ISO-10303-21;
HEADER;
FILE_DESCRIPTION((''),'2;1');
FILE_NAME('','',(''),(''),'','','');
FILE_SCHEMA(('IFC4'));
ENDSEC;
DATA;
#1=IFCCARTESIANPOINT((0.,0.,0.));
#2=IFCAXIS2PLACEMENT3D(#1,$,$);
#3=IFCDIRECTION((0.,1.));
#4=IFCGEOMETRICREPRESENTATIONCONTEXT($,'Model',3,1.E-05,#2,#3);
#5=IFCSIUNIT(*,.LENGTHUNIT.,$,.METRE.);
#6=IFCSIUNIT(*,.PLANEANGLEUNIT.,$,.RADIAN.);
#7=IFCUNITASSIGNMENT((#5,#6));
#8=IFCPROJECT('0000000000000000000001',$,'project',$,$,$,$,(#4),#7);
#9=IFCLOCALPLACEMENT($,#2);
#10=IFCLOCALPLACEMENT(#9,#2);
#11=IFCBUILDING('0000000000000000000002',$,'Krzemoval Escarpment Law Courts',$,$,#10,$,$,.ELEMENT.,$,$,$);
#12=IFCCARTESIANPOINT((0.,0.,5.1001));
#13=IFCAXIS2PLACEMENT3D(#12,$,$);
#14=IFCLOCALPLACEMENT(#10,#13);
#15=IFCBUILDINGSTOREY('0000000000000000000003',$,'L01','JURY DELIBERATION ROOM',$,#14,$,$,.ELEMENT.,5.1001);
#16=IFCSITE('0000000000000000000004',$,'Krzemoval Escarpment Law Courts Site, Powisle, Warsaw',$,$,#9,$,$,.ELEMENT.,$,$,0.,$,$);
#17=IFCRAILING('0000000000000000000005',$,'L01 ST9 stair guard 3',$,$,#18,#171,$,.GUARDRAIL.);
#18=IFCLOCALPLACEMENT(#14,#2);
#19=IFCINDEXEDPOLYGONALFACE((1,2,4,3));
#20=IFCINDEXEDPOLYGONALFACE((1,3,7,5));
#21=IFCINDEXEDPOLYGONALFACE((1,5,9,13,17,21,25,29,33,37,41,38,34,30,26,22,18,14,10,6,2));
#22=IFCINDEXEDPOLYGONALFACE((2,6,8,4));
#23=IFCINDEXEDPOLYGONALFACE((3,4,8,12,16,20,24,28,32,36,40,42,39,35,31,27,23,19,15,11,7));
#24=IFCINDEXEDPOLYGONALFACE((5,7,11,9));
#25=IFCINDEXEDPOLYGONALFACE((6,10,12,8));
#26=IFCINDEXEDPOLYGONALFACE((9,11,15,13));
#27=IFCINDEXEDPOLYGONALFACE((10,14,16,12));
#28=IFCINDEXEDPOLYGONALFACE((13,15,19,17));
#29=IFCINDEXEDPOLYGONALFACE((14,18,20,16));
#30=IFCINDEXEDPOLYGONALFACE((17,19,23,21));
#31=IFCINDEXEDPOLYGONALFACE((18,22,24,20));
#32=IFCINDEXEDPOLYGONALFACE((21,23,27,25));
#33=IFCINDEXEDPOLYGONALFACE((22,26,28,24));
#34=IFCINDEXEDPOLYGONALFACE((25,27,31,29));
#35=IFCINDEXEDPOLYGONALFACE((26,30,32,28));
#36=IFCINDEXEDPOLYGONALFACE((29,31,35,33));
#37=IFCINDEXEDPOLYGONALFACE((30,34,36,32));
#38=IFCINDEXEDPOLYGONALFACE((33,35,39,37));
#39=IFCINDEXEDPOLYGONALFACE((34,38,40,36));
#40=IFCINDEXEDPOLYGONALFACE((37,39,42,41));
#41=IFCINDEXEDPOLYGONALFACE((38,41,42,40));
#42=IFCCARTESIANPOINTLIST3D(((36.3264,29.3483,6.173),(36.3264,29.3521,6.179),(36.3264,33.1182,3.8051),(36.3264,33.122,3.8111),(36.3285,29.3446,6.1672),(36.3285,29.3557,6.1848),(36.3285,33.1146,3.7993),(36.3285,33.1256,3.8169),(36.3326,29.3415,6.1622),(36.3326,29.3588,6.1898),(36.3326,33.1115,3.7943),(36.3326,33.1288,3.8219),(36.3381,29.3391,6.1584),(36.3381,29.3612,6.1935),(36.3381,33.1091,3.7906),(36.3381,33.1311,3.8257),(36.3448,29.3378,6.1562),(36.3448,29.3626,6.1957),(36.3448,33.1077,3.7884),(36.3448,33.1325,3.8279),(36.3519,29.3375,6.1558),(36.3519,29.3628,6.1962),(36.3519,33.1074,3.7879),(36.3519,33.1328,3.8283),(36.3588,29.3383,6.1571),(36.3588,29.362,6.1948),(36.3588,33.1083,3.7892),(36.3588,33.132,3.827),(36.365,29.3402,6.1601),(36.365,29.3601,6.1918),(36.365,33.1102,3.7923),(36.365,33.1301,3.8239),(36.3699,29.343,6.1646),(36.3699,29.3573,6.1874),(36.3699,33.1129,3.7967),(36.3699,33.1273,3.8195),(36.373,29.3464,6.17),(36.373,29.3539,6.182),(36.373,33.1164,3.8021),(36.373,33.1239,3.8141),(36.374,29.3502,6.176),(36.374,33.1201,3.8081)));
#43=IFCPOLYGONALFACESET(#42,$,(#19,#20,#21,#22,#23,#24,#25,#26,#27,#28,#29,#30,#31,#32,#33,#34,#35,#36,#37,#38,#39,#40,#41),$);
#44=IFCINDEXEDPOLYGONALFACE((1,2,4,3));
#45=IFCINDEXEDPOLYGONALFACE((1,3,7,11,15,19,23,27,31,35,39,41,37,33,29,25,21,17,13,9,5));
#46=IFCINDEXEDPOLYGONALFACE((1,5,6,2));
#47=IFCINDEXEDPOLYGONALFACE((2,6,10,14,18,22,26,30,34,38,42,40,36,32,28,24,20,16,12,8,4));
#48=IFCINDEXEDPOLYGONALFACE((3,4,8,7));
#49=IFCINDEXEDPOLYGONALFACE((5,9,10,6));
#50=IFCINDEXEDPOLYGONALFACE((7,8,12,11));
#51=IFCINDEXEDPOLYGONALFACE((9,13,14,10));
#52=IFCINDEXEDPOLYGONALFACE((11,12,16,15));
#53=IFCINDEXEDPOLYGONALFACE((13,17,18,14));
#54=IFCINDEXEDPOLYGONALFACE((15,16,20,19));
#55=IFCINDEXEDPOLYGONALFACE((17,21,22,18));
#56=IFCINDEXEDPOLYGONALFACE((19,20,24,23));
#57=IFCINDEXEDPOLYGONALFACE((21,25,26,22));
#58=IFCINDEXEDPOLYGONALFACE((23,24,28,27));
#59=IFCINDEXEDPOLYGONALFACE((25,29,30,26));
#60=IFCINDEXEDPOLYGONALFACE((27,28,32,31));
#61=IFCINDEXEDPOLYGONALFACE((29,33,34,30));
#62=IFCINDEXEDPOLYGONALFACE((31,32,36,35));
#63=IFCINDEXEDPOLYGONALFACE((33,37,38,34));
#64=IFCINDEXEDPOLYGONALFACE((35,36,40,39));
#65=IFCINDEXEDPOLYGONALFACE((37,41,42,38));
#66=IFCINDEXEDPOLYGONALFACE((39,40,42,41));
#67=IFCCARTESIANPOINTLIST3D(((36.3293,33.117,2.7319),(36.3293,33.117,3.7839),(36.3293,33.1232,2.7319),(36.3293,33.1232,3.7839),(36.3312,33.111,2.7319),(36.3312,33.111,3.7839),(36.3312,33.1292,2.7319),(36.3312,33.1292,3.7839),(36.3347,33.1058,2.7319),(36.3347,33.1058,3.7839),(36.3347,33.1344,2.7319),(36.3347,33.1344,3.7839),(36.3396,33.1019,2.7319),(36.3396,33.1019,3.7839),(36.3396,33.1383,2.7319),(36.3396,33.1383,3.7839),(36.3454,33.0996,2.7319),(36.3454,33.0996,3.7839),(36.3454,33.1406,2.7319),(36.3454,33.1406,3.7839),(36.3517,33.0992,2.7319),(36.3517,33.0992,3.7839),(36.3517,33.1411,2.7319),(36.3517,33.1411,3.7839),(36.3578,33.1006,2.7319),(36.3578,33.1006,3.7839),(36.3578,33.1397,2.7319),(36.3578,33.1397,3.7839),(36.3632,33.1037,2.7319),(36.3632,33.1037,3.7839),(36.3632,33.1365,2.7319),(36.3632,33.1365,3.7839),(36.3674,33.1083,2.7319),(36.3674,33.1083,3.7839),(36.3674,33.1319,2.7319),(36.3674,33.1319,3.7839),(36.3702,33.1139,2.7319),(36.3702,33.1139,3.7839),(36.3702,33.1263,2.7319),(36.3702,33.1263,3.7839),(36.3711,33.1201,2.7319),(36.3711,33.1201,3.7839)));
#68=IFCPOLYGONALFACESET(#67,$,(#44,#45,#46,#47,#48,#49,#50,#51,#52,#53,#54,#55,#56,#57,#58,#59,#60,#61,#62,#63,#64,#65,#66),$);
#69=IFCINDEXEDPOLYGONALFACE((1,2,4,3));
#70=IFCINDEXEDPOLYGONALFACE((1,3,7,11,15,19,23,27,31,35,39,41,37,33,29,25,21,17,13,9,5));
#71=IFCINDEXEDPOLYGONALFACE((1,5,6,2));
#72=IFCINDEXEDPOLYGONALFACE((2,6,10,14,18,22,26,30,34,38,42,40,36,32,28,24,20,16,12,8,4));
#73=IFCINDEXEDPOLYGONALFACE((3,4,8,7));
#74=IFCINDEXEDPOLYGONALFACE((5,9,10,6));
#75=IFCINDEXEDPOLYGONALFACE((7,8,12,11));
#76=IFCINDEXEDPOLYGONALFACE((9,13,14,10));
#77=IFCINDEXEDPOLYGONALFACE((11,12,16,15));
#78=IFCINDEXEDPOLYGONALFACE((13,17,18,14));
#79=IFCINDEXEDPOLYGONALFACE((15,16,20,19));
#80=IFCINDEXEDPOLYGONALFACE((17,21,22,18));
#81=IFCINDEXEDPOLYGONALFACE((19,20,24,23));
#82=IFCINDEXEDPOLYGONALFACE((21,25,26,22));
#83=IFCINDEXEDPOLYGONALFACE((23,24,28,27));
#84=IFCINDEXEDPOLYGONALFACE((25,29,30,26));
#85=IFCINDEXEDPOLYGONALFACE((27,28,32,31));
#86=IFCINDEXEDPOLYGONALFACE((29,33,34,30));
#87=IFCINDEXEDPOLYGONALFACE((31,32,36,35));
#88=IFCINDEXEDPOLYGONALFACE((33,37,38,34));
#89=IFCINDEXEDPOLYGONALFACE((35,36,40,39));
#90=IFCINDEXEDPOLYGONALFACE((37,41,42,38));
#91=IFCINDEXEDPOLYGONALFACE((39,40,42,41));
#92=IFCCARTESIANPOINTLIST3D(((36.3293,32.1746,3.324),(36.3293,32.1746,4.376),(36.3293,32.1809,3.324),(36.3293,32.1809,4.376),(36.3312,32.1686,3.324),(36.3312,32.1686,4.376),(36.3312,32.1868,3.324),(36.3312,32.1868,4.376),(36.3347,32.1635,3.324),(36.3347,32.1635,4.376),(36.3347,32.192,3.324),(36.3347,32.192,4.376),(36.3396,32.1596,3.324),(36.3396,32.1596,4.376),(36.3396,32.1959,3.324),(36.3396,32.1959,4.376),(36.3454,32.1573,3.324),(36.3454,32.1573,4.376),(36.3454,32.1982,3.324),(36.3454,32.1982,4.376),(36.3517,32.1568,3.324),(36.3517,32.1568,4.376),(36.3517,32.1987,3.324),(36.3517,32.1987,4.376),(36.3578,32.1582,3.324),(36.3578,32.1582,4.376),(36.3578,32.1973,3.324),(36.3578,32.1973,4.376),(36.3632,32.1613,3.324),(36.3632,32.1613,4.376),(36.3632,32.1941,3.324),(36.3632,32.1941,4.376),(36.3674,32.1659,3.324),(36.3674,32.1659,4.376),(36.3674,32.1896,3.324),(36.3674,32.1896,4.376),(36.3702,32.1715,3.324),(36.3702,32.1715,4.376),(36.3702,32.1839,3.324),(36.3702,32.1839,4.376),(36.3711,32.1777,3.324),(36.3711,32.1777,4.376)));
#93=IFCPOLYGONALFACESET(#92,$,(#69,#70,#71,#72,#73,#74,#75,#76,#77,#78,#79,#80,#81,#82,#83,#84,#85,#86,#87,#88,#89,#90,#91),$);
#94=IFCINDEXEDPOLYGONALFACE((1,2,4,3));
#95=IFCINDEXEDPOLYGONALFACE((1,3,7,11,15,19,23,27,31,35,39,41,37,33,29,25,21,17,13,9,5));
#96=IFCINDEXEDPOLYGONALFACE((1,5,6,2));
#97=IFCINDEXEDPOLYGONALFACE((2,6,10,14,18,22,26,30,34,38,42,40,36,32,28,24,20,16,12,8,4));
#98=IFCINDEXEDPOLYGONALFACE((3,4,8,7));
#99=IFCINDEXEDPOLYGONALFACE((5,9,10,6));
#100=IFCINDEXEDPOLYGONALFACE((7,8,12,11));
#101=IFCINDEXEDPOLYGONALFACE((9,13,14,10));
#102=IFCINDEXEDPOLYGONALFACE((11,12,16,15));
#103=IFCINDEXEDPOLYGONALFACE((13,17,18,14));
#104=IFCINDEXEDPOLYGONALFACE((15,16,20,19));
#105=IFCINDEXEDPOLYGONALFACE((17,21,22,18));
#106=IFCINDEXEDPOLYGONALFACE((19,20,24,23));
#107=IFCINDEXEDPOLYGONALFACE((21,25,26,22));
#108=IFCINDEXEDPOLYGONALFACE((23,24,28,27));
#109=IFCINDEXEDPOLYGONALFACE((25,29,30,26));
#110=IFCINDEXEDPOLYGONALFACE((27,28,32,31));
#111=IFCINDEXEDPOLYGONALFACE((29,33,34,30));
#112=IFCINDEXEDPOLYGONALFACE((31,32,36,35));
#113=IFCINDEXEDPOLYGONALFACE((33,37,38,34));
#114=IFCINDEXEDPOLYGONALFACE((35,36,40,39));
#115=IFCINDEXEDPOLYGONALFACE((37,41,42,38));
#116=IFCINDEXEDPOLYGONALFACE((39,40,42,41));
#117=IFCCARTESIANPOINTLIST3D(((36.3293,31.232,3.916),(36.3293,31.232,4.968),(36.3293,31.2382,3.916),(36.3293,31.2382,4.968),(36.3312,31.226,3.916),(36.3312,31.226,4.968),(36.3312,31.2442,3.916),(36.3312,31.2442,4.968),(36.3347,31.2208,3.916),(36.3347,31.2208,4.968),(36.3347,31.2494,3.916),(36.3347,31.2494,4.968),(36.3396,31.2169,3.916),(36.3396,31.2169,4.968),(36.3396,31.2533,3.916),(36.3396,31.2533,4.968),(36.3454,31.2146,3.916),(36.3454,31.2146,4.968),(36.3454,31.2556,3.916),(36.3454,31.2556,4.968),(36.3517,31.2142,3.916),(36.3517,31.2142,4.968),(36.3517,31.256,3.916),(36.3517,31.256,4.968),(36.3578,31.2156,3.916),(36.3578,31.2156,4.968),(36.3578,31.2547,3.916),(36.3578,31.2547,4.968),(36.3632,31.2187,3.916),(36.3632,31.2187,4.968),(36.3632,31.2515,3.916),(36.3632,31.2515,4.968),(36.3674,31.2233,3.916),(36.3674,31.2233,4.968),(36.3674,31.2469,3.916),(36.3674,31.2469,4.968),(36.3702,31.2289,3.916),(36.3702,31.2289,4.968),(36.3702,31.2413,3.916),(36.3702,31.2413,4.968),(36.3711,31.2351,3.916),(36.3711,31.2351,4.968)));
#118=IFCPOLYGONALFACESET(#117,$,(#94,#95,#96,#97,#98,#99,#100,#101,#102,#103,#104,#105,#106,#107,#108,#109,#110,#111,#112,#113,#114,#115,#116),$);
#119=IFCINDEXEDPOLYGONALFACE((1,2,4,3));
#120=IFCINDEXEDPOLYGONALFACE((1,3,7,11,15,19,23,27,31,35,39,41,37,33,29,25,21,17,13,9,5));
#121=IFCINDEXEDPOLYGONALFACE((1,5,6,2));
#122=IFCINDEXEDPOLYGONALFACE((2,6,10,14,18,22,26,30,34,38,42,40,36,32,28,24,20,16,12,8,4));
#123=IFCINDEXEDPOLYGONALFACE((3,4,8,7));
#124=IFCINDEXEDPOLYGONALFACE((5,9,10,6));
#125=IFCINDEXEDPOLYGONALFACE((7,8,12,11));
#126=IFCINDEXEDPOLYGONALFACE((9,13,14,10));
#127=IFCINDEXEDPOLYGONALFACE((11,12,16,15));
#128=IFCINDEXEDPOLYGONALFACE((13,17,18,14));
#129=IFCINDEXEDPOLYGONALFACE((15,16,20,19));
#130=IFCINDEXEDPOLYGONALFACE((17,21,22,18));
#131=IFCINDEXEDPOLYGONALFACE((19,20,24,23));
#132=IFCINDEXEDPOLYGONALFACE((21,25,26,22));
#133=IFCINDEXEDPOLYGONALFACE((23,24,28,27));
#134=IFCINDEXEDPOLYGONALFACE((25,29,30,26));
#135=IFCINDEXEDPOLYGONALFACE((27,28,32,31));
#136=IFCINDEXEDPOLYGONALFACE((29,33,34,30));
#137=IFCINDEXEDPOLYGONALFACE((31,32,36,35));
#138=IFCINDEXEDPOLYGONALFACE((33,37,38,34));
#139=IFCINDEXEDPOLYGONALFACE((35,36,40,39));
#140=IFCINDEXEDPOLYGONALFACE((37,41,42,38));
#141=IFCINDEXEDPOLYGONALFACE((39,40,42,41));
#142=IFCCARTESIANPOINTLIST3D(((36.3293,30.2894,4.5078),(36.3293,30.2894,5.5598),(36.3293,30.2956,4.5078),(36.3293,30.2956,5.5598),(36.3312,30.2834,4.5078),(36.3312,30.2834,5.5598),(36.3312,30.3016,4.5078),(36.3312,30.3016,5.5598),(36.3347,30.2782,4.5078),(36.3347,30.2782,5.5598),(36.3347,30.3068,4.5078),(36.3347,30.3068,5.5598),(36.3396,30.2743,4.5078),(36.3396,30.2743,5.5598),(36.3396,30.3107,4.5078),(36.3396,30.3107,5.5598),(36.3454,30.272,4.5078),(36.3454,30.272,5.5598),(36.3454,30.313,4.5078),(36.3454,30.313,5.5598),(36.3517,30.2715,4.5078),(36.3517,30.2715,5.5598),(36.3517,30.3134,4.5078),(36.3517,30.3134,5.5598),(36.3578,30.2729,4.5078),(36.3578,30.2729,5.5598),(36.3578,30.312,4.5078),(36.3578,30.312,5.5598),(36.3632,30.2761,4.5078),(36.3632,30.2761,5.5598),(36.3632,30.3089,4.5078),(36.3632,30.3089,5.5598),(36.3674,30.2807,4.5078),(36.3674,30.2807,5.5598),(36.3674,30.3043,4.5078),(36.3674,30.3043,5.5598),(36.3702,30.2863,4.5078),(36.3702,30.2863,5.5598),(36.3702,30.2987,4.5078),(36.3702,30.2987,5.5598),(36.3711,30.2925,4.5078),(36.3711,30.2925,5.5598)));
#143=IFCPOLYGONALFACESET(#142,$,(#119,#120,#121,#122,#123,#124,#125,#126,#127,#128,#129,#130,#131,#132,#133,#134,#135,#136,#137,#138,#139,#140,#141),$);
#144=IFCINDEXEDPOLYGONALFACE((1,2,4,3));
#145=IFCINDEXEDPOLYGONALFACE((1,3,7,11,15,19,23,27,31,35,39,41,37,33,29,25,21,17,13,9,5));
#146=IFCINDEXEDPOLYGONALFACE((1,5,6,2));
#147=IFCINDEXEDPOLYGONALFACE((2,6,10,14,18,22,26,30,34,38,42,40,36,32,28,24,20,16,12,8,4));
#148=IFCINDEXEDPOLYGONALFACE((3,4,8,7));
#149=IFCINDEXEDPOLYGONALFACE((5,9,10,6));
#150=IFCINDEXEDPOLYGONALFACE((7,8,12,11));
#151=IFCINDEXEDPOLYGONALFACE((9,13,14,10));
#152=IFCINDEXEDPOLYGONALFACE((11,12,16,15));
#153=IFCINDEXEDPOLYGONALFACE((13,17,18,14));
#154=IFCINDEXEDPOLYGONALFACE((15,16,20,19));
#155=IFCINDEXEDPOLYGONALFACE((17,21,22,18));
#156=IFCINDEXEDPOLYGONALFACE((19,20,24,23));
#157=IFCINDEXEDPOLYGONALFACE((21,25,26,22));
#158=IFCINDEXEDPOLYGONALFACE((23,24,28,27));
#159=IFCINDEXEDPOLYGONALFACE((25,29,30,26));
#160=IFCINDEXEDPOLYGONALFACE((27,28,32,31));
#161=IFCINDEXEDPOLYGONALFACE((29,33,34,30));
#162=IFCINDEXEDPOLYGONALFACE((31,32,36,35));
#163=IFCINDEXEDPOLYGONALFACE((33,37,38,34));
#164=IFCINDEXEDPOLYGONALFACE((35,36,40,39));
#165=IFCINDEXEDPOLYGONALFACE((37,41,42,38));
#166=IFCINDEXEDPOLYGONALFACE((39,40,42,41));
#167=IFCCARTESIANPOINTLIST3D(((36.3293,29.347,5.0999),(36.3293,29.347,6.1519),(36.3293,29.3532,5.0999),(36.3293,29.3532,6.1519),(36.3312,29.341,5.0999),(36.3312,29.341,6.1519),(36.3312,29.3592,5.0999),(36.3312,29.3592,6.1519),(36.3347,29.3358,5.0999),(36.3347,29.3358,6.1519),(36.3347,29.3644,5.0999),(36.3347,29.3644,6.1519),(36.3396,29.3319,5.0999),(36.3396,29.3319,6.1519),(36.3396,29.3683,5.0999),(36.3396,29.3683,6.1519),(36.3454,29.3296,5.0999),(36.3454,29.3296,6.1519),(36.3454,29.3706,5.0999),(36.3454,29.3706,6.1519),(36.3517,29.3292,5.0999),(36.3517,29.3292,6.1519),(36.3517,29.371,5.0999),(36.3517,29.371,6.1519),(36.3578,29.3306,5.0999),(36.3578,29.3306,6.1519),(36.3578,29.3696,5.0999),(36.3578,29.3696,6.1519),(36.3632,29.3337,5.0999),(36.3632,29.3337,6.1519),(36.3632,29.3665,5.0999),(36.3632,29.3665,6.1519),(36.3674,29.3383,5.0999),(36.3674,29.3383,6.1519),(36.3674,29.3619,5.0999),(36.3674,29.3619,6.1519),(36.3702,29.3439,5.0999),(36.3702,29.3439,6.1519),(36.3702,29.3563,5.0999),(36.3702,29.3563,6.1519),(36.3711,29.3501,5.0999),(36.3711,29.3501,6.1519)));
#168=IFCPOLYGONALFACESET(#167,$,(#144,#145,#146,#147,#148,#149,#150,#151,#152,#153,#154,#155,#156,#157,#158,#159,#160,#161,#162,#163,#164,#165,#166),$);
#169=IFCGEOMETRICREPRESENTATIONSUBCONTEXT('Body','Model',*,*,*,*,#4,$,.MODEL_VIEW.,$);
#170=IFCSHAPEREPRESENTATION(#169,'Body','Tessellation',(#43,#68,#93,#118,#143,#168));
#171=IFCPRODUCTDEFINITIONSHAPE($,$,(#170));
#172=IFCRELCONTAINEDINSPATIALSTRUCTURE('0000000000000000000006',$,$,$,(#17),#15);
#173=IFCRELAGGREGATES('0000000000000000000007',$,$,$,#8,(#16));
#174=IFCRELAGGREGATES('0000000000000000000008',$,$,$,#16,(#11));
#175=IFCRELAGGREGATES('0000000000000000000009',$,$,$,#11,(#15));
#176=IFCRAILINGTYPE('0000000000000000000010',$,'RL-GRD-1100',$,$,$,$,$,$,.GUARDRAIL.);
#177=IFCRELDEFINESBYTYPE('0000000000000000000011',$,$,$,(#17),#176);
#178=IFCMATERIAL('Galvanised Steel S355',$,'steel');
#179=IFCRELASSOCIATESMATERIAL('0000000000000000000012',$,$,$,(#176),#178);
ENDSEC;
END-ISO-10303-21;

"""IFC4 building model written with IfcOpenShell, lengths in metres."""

from ifc_helpers import new_model, si_unit, direction, frame, origin, origin_2d, place, context, subcontext, project, spatial, circle, extrude, material, type_object, element, save


model = new_model("IFC4")

# Units and contexts
model_context = context("Model", 3, precision=1e-05, world=origin(), true_north=direction((0.0, 1.0)))
body_context = subcontext(model_context, "Body", "Model", "MODEL_VIEW")
ifc_project = project(units=[si_unit("LENGTHUNIT", "METRE"), si_unit("PLANEANGLEUNIT", "RADIAN")], contexts=[model_context])

# Site, building, storey
site_placement = place(None, origin())
site = spatial("IfcSite", under=ifc_project, at=site_placement, Name="Krzemoval Escarpment Law Courts Site, Powisle, Warsaw", CompositionType="ELEMENT", RefElevation=0.0)
building_placement = place(site_placement, origin())
building = spatial("IfcBuilding", under=site, at=building_placement, Name="Krzemoval Escarpment Law Courts", CompositionType="ELEMENT")
storey_placement = place(building_placement, frame((0.0, 0.0, 5.1001)))
storey = spatial("IfcBuildingStorey", under=building, at=storey_placement, Name="L01", Description="JURY DELIBERATION ROOM", CompositionType="ELEMENT", Elevation=5.1001)

# Railing
ifc_material_1 = material(Name="Galvanised Steel S355", Category="steel")
railing_type_1 = type_object("IfcRailingType", Name="RL-GRD-1100", PredefinedType="GUARDRAIL", material=ifc_material_1)
railing_1_placement = place(storey_placement, frame((36.3501, 33.1201, 2.7319)))
element("IfcRailing", 1, at=railing_1_placement, inside=storey, type_object=railing_type_1, Name="L01 ST9 stair guard 3", PredefinedType="GUARDRAIL", context=body_context, shape_type="SweptSolid", body=[
    extrude(circle(Radius=0.0239, at=origin_2d()), frame((0.0, 0.0, 1.0762), z_axis=(0.0, -0.846819, 0.531881), x_axis=(1.0, 0.0, 0.0)), (0.0, 0.0, 1.0), 4.4519),
    extrude(circle(Radius=0.021, at=origin_2d()), origin(), (0.0, 0.0, 1.0), 1.052),
    extrude(circle(Radius=0.021, at=origin_2d()), frame((0.0, -0.9424, 0.592)), (0.0, 0.0, 1.0), 1.052),
    extrude(circle(Radius=0.021, at=origin_2d()), frame((0.0, -1.885, 1.1841)), (0.0, 0.0, 1.0), 1.052),
    extrude(circle(Radius=0.021, at=origin_2d()), frame((0.0, -2.8276, 1.7759)), (0.0, 0.0, 1.0), 1.052),
    extrude(circle(Radius=0.021, at=origin_2d()), frame((0.0, -3.77, 2.3679)), (0.0, 0.0, 1.0), 1.052),
])

save(model, "model.ifc")
